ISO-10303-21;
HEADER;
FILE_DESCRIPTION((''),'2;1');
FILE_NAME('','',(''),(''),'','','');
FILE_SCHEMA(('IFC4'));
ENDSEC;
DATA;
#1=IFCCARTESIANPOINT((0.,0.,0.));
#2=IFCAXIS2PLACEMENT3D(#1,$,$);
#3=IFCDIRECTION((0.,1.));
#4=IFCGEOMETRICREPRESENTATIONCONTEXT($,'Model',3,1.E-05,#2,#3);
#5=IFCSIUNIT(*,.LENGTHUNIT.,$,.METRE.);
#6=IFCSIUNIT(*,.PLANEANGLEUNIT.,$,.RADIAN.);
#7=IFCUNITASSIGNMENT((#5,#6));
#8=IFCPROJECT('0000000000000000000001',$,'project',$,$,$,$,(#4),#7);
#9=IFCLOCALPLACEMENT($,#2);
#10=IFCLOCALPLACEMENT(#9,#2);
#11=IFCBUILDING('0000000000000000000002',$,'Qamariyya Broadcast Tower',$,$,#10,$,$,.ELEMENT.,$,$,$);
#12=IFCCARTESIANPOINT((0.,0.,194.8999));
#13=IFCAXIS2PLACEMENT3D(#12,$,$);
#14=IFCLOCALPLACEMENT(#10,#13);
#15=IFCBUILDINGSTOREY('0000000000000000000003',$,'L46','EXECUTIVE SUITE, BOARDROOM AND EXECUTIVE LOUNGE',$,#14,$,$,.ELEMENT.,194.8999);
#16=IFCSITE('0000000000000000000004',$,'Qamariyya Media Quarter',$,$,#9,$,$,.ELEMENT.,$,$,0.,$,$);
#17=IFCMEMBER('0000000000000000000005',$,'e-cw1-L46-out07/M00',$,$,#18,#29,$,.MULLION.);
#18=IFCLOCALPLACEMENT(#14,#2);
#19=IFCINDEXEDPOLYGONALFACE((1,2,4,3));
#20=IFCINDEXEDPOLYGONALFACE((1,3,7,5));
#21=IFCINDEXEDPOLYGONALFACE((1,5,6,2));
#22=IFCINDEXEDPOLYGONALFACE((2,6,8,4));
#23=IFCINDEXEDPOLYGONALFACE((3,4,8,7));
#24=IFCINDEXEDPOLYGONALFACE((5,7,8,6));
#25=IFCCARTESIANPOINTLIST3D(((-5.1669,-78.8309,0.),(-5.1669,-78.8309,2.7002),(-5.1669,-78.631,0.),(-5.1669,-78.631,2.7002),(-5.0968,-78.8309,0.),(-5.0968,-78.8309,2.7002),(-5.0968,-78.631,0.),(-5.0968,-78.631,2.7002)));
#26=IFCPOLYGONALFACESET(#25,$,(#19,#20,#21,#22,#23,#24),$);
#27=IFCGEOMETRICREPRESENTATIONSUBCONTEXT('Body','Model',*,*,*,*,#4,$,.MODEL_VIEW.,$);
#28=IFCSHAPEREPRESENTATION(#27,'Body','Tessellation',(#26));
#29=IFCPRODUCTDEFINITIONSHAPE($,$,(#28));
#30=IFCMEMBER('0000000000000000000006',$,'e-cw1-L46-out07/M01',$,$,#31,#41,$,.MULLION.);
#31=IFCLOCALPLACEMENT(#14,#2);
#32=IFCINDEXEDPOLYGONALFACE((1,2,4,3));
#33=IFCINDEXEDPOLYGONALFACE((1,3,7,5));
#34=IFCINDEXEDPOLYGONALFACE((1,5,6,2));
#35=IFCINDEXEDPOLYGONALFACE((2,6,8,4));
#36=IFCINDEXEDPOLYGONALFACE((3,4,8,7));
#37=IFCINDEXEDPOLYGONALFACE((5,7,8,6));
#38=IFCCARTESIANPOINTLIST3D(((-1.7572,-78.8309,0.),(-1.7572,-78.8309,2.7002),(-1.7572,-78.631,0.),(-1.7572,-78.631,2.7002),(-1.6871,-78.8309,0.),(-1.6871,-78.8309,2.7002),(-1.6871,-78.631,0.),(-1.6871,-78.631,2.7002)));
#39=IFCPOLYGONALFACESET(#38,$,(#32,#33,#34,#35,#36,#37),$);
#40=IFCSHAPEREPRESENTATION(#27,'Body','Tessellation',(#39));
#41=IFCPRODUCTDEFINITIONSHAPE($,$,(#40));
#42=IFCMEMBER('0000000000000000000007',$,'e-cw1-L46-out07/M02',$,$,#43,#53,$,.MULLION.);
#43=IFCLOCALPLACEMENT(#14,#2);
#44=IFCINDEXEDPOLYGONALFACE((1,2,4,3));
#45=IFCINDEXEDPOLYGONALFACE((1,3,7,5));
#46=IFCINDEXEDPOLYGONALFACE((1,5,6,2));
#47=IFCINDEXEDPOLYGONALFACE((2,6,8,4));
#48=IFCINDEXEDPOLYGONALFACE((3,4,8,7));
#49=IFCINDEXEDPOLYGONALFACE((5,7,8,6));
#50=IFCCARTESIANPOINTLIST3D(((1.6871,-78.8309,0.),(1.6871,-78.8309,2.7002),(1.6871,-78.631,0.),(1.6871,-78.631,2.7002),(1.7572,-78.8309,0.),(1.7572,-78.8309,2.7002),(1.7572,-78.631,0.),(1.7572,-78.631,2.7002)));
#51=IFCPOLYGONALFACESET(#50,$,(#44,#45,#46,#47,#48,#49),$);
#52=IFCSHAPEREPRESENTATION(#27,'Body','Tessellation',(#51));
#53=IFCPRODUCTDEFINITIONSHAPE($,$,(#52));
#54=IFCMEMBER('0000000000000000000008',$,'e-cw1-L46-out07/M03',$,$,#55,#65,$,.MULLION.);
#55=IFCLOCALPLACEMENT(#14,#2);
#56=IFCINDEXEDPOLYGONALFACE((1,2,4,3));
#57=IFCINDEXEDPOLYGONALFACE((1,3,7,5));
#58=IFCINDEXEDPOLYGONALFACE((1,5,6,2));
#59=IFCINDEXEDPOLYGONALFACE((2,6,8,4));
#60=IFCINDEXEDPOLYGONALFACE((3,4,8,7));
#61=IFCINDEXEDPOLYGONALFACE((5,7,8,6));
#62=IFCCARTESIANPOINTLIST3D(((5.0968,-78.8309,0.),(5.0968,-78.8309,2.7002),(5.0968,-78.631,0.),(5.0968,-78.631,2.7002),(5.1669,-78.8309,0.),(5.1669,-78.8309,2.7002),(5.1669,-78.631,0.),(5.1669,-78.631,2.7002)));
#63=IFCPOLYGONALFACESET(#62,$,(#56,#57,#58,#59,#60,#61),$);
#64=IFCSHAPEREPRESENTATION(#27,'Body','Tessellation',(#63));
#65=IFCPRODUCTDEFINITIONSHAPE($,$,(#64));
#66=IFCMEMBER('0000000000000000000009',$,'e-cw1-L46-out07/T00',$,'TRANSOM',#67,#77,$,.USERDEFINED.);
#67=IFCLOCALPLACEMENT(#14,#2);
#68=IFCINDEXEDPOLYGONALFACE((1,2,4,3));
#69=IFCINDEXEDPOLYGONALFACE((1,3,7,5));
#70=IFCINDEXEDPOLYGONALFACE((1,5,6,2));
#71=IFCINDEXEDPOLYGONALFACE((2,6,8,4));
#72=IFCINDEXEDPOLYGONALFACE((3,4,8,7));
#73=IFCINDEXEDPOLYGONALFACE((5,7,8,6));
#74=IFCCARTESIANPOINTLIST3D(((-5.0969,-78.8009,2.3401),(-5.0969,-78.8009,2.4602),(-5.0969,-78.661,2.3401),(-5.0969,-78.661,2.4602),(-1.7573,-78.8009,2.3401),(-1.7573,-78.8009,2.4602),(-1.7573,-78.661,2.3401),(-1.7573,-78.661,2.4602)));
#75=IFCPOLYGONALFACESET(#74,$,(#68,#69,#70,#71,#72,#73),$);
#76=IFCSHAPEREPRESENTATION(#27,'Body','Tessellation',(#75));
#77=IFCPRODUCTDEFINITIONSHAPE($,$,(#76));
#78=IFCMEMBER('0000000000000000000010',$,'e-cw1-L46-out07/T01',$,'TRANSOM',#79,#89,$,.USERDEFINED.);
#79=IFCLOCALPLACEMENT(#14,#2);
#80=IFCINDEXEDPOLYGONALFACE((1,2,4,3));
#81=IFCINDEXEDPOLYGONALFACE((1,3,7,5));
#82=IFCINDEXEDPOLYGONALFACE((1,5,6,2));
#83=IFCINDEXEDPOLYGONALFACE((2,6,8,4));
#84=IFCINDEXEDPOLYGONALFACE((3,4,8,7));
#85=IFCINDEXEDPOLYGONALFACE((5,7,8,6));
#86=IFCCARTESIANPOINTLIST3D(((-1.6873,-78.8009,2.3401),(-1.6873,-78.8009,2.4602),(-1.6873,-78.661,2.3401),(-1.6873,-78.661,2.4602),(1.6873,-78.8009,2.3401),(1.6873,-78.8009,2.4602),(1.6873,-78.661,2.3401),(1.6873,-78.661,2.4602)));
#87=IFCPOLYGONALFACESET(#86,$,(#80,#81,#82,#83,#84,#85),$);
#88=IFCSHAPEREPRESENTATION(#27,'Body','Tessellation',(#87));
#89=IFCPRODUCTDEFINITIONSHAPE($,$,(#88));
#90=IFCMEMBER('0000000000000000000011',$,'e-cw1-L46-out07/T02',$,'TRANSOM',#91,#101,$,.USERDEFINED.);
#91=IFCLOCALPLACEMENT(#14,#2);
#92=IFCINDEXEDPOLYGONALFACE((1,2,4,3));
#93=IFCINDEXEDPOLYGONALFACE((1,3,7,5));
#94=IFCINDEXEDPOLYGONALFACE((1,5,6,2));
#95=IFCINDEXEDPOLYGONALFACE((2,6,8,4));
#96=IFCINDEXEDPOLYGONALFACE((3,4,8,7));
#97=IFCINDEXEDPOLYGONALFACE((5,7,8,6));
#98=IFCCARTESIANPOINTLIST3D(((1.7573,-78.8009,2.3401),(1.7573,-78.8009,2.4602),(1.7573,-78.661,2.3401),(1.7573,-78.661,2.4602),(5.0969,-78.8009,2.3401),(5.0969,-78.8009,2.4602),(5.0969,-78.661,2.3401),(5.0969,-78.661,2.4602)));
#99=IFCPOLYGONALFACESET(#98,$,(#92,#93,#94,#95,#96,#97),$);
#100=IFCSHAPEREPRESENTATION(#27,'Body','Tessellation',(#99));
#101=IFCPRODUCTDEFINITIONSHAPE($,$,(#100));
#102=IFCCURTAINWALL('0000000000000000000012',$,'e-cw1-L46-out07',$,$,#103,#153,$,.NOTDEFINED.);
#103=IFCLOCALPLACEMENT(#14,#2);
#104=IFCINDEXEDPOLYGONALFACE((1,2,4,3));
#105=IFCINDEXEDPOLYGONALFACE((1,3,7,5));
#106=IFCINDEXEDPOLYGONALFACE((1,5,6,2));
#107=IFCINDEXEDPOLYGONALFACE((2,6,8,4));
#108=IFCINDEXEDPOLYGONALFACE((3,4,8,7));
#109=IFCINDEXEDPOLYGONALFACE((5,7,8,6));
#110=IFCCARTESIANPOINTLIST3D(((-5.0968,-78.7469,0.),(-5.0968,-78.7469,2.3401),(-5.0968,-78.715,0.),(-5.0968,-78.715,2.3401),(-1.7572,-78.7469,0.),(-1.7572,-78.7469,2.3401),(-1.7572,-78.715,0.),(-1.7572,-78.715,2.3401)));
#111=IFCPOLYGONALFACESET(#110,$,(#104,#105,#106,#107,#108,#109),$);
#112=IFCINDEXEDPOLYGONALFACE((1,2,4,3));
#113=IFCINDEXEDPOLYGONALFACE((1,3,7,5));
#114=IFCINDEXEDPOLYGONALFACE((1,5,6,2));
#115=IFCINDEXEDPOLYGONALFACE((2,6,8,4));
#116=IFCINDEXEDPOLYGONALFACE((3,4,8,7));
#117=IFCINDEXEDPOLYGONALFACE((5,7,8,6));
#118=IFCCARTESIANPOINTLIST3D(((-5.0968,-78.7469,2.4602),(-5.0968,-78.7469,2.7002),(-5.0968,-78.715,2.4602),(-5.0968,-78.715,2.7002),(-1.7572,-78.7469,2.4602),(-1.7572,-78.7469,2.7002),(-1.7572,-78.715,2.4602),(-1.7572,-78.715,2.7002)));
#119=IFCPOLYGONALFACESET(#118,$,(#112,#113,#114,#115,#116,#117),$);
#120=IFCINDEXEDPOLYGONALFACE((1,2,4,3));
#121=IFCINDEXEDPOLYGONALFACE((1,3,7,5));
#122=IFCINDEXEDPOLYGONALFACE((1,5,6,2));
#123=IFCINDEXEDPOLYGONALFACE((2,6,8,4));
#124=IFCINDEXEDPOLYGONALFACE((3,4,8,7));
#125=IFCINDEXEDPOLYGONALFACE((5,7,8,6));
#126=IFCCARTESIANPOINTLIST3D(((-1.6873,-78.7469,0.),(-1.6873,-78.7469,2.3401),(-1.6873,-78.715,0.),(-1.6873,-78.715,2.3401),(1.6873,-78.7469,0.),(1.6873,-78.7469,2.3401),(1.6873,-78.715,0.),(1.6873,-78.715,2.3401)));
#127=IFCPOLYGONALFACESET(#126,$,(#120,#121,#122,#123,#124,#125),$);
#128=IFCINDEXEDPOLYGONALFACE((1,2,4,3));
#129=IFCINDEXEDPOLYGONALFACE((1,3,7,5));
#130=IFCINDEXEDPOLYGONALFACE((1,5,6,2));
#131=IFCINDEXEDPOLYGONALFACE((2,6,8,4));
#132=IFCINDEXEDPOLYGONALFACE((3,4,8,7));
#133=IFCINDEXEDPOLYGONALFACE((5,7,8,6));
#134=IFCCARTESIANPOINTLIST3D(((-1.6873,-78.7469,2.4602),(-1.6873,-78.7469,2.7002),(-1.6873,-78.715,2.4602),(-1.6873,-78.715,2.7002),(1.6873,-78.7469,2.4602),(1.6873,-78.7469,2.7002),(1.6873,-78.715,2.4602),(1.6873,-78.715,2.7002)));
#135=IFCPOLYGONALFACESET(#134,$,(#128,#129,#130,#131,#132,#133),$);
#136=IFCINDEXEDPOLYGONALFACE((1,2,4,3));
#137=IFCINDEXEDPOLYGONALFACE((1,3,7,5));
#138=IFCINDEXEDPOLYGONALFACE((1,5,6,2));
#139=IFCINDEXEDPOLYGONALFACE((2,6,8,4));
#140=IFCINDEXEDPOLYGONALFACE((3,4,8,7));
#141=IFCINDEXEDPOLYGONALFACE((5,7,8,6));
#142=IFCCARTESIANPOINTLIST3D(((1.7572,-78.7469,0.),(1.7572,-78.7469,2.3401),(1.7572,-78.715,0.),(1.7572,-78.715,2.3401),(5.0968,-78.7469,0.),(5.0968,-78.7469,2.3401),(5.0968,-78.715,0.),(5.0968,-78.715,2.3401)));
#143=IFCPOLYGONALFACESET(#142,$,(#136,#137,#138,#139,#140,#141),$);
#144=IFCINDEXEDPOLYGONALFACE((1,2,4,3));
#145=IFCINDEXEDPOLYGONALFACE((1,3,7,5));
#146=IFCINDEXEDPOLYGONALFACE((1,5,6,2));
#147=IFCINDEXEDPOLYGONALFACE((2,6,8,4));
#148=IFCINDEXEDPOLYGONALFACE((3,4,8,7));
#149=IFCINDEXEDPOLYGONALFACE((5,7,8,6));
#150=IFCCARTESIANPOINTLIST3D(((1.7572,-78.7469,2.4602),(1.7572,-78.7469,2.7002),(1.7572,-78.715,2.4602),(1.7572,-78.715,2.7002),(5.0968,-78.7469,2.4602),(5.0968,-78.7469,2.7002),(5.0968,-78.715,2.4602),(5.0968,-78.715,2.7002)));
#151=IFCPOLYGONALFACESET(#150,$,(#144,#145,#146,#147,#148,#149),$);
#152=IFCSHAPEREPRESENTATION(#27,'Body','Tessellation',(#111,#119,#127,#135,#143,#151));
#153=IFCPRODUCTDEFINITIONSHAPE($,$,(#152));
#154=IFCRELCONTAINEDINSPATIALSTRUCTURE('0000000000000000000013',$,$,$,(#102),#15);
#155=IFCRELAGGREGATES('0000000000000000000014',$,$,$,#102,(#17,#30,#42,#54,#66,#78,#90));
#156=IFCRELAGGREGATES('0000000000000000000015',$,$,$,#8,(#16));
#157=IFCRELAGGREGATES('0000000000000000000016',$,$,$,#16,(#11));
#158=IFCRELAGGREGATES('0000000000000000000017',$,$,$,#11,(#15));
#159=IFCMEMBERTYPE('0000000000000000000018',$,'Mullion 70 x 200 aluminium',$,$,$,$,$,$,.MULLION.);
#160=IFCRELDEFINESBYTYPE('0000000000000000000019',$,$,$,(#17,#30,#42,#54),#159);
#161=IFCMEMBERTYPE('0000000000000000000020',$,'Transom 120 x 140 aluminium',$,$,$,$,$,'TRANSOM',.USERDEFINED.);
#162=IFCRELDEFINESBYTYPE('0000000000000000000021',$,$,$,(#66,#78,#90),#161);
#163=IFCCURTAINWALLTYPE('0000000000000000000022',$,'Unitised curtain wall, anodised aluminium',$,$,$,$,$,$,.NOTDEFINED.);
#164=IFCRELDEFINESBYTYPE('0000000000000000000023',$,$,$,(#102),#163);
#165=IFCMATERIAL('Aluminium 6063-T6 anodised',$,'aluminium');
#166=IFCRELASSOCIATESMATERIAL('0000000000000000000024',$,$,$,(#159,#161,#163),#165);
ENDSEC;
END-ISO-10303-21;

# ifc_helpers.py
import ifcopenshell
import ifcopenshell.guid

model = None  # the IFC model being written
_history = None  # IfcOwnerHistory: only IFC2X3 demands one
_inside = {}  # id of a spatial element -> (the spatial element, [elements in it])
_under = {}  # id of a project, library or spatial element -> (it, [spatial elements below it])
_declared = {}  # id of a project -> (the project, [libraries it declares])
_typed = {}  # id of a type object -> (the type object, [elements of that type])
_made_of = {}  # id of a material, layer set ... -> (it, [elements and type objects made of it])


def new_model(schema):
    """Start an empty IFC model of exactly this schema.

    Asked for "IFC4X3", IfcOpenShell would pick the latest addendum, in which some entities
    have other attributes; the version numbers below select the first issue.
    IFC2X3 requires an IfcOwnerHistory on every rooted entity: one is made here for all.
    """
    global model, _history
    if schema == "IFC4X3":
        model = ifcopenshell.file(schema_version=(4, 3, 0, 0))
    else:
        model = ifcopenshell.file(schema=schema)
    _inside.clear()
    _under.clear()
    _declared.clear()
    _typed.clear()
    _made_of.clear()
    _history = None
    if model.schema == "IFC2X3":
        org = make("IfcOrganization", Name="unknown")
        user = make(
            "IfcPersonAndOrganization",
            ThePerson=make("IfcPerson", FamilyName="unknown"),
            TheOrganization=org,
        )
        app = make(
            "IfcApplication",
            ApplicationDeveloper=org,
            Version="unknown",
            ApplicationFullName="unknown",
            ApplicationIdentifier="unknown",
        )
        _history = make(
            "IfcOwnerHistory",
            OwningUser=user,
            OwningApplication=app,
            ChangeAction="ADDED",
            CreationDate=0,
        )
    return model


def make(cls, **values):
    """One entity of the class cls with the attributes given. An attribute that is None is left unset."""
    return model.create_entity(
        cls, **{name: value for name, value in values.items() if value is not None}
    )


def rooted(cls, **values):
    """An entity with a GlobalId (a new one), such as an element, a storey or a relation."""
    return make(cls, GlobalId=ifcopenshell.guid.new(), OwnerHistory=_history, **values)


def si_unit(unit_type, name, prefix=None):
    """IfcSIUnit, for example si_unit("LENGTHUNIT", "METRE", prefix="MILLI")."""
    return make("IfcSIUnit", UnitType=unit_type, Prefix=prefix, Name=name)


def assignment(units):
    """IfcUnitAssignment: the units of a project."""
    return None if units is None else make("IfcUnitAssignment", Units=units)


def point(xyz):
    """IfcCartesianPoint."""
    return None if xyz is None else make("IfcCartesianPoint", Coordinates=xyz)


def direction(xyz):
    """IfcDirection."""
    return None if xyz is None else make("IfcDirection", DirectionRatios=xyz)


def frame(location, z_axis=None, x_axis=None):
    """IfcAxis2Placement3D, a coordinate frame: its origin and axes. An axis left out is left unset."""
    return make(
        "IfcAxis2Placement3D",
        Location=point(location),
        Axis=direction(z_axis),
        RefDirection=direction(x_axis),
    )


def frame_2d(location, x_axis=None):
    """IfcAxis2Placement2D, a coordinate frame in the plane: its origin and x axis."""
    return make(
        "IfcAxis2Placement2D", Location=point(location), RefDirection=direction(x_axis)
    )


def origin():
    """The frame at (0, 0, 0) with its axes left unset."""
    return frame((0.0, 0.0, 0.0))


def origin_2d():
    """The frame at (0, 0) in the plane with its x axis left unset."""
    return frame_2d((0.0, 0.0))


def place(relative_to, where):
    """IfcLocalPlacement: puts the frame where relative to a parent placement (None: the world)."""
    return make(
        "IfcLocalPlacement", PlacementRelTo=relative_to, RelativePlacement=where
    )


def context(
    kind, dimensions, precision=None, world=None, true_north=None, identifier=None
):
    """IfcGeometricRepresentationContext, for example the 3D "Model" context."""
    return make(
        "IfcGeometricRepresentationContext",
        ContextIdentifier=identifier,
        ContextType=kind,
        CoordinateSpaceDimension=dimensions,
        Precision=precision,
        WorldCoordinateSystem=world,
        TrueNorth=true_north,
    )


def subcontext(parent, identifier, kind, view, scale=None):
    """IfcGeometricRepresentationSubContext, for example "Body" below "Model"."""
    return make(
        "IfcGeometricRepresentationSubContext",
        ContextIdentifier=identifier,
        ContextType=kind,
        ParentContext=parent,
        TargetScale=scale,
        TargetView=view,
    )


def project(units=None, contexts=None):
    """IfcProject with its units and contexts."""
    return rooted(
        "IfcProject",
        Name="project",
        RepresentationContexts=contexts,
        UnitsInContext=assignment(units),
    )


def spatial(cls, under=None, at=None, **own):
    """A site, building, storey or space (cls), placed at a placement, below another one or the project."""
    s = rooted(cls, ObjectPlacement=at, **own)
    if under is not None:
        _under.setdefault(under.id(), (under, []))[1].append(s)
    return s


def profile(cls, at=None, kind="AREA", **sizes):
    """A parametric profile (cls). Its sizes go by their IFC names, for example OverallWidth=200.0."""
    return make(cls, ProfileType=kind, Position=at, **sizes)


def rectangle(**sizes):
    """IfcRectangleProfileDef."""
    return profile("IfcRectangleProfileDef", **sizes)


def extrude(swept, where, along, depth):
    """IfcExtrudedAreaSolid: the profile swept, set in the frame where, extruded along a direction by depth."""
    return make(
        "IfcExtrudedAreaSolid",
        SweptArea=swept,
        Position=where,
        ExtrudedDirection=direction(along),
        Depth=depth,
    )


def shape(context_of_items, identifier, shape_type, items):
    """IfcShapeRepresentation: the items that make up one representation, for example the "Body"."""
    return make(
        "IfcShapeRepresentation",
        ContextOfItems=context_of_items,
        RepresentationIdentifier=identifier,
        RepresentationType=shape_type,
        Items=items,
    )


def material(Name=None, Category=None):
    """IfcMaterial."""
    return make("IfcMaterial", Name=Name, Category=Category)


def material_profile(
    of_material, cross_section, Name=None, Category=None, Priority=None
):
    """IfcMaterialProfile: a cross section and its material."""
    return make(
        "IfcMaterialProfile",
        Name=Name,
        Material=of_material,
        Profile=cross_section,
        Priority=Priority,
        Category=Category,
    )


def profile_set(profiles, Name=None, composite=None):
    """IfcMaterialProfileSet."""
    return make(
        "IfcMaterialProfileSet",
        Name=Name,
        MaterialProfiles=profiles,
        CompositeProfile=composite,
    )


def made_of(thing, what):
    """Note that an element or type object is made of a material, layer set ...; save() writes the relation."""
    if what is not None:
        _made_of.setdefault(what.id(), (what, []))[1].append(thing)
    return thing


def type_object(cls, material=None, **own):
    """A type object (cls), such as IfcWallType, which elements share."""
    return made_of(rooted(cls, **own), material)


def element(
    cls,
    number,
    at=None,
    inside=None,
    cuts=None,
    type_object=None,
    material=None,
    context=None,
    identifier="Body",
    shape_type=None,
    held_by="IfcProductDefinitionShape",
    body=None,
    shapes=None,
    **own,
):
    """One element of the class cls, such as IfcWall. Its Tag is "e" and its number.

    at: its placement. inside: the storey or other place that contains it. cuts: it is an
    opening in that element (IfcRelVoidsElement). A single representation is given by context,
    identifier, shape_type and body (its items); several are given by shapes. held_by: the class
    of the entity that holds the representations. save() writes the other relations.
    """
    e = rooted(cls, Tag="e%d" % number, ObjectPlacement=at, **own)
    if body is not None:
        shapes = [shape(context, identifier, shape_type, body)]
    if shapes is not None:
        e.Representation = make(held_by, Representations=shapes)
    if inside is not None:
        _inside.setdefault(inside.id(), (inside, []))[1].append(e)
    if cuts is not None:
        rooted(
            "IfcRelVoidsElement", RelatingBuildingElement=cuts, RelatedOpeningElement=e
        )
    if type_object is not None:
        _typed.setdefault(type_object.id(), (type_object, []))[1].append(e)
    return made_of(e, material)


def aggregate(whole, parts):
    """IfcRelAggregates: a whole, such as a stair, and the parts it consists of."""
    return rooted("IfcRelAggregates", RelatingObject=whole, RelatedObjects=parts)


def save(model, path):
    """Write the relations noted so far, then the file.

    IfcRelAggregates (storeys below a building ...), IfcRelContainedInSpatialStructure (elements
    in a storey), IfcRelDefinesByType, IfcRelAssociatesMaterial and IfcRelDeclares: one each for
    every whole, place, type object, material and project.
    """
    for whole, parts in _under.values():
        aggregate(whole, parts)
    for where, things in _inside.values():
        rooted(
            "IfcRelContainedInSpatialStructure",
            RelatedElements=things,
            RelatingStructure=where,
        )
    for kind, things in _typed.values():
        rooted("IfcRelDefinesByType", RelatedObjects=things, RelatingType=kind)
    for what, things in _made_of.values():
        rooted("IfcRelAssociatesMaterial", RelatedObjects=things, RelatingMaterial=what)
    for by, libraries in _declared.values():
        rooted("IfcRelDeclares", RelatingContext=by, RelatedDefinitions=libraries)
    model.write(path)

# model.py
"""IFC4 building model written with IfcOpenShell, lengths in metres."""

from ifc_helpers import new_model, si_unit, direction, frame, origin, origin_2d, place, context, subcontext, project, spatial, rectangle, extrude, material, material_profile, profile_set, type_object, element, aggregate, save


model = new_model("IFC4")

# Units and contexts
model_context = context("Model", 3, precision=1e-05, world=origin(), true_north=direction((0.0, 1.0)))
body_context = subcontext(model_context, "Body", "Model", "MODEL_VIEW")
ifc_project = project(units=[si_unit("LENGTHUNIT", "METRE"), si_unit("PLANEANGLEUNIT", "RADIAN")], contexts=[model_context])

# Members
ifc_material_1 = material(Name="Aluminium 6063-T6 anodised", Category="aluminium")
ifc_material_profile_1 = material_profile(ifc_material_1, rectangle(XDim=0.2, YDim=0.0701, at=origin_2d()))
ifc_profile_set_1 = profile_set([ifc_material_profile_1], Name="Aluminium 6063-T6 anodised")
member_type_1 = type_object("IfcMemberType", Name="Mullion 70 x 200 aluminium", PredefinedType="MULLION", material=ifc_profile_set_1)
site_placement = place(None, origin())
building_placement = place(site_placement, origin())
storey_placement = place(building_placement, frame((0.0, 0.0, 194.8999)))
member_1_placement = place(storey_placement, frame((-5.1318, -78.731, 0.0), z_axis=(0.0, 0.0, 1.0), x_axis=(0.0, 1.0, 0.0)))
member_1 = element("IfcMember", 1, at=member_1_placement, type_object=member_type_1, Name="e-cw1-L46-out07/M00", PredefinedType="MULLION", context=body_context, shape_type="SweptSolid", body=[
    extrude(rectangle(XDim=0.2, YDim=0.0701, at=origin_2d()), origin(), (0.0, 0.0, 1.0), 2.7002),
])
member_2_placement = place(storey_placement, frame((-1.7222, -78.731, 0.0), z_axis=(0.0, 0.0, 1.0), x_axis=(0.0, 1.0, 0.0)))
member_2 = element("IfcMember", 2, at=member_2_placement, type_object=member_type_1, Name="e-cw1-L46-out07/M01", PredefinedType="MULLION", context=body_context, shape_type="SweptSolid", body=[
    extrude(rectangle(XDim=0.2, YDim=0.0701, at=origin_2d()), origin(), (0.0, 0.0, 1.0), 2.7002),
])
member_3_placement = place(storey_placement, frame((1.7222, -78.731, 0.0), z_axis=(0.0, 0.0, 1.0), x_axis=(0.0, 1.0, 0.0)))
member_3 = element("IfcMember", 3, at=member_3_placement, type_object=member_type_1, Name="e-cw1-L46-out07/M02", PredefinedType="MULLION", context=body_context, shape_type="SweptSolid", body=[
    extrude(rectangle(XDim=0.2, YDim=0.0701, at=origin_2d()), origin(), (0.0, 0.0, 1.0), 2.7002),
])
member_4_placement = place(storey_placement, frame((5.1318, -78.731, 0.0), z_axis=(0.0, 0.0, 1.0), x_axis=(0.0, 1.0, 0.0)))
member_4 = element("IfcMember", 4, at=member_4_placement, type_object=member_type_1, Name="e-cw1-L46-out07/M03", PredefinedType="MULLION", context=body_context, shape_type="SweptSolid", body=[
    extrude(rectangle(XDim=0.2, YDim=0.0701, at=origin_2d()), origin(), (0.0, 0.0, 1.0), 2.7002),
])
ifc_material_profile_2 = material_profile(ifc_material_1, rectangle(XDim=0.1399, YDim=0.1201, at=origin_2d()))
ifc_profile_set_2 = profile_set([ifc_material_profile_2], Name="Aluminium 6063-T6 anodised")
member_type_2 = type_object("IfcMemberType", Name="Transom 120 x 140 aluminium", ElementType="TRANSOM", PredefinedType="USERDEFINED", material=ifc_profile_set_2)
member_5_placement = place(storey_placement, frame((-5.0969, -78.731, 2.4001), z_axis=(1.0, 0.0, 0.0), x_axis=(0.0, 1.0, 0.0)))
member_5 = element("IfcMember", 5, at=member_5_placement, type_object=member_type_2, Name="e-cw1-L46-out07/T00", ObjectType="TRANSOM", PredefinedType="USERDEFINED", context=body_context, shape_type="SweptSolid", body=[
    extrude(rectangle(XDim=0.1399, YDim=0.1201, at=origin_2d()), origin(), (0.0, 0.0, 1.0), 3.3396),
])
member_6_placement = place(storey_placement, frame((-1.6873, -78.731, 2.4001), z_axis=(1.0, 0.0, 0.0), x_axis=(0.0, 1.0, 0.0)))
member_6 = element("IfcMember", 6, at=member_6_placement, type_object=member_type_2, Name="e-cw1-L46-out07/T01", ObjectType="TRANSOM", PredefinedType="USERDEFINED", context=body_context, shape_type="SweptSolid", body=[
    extrude(rectangle(XDim=0.1399, YDim=0.1201, at=origin_2d()), origin(), (0.0, 0.0, 1.0), 3.3745),
])
member_7_placement = place(storey_placement, frame((1.7573, -78.731, 2.4001), z_axis=(1.0, 0.0, 0.0), x_axis=(0.0, 1.0, 0.0)))
member_7 = element("IfcMember", 7, at=member_7_placement, type_object=member_type_2, Name="e-cw1-L46-out07/T02", ObjectType="TRANSOM", PredefinedType="USERDEFINED", context=body_context, shape_type="SweptSolid", body=[
    extrude(rectangle(XDim=0.1399, YDim=0.1201, at=origin_2d()), origin(), (0.0, 0.0, 1.0), 3.3396),
])

# Site, building, storey
site = spatial("IfcSite", under=ifc_project, at=site_placement, Name="Qamariyya Media Quarter", CompositionType="ELEMENT", RefElevation=0.0)
building = spatial("IfcBuilding", under=site, at=building_placement, Name="Qamariyya Broadcast Tower", CompositionType="ELEMENT")
storey = spatial("IfcBuildingStorey", under=building, at=storey_placement, Name="L46", Description="EXECUTIVE SUITE, BOARDROOM AND EXECUTIVE LOUNGE", CompositionType="ELEMENT", Elevation=194.8999)

# Curtain wall
curtain_wall_type = type_object("IfcCurtainWallType", Name="Unitised curtain wall, anodised aluminium", PredefinedType="NOTDEFINED", material=ifc_material_1)
curtain_wall_1_placement = place(storey_placement, origin())
curtain_wall_1 = element("IfcCurtainWall", 8, at=curtain_wall_1_placement, inside=storey, type_object=curtain_wall_type, Name="e-cw1-L46-out07", PredefinedType="NOTDEFINED", context=body_context, shape_type="SweptSolid", body=[
    extrude(rectangle(XDim=3.3396, YDim=0.032, at=origin_2d()), frame((-3.427, -78.731, 0.0), x_axis=(1.0, 0.0, 0.0)), (0.0, 0.0, 1.0), 2.3401),
    extrude(rectangle(XDim=3.3396, YDim=0.032, at=origin_2d()), frame((-3.427, -78.731, 2.4602), x_axis=(1.0, 0.0, 0.0)), (0.0, 0.0, 1.0), 0.24),
    extrude(rectangle(XDim=3.3745, YDim=0.032, at=origin_2d()), frame((0.0, -78.731, 0.0), x_axis=(1.0, 0.0, 0.0)), (0.0, 0.0, 1.0), 2.3401),
    extrude(rectangle(XDim=3.3745, YDim=0.032, at=origin_2d()), frame((0.0, -78.731, 2.4602), x_axis=(1.0, 0.0, 0.0)), (0.0, 0.0, 1.0), 0.24),
    extrude(rectangle(XDim=3.3396, YDim=0.032, at=origin_2d()), frame((3.427, -78.731, 0.0), x_axis=(1.0, 0.0, 0.0)), (0.0, 0.0, 1.0), 2.3401),
    extrude(rectangle(XDim=3.3396, YDim=0.032, at=origin_2d()), frame((3.427, -78.731, 2.4602), x_axis=(1.0, 0.0, 0.0)), (0.0, 0.0, 1.0), 0.24),
])
aggregate(curtain_wall_1, [member_1, member_2, member_3, member_4, member_5, member_6, member_7])

save(model, "model.ifc")
